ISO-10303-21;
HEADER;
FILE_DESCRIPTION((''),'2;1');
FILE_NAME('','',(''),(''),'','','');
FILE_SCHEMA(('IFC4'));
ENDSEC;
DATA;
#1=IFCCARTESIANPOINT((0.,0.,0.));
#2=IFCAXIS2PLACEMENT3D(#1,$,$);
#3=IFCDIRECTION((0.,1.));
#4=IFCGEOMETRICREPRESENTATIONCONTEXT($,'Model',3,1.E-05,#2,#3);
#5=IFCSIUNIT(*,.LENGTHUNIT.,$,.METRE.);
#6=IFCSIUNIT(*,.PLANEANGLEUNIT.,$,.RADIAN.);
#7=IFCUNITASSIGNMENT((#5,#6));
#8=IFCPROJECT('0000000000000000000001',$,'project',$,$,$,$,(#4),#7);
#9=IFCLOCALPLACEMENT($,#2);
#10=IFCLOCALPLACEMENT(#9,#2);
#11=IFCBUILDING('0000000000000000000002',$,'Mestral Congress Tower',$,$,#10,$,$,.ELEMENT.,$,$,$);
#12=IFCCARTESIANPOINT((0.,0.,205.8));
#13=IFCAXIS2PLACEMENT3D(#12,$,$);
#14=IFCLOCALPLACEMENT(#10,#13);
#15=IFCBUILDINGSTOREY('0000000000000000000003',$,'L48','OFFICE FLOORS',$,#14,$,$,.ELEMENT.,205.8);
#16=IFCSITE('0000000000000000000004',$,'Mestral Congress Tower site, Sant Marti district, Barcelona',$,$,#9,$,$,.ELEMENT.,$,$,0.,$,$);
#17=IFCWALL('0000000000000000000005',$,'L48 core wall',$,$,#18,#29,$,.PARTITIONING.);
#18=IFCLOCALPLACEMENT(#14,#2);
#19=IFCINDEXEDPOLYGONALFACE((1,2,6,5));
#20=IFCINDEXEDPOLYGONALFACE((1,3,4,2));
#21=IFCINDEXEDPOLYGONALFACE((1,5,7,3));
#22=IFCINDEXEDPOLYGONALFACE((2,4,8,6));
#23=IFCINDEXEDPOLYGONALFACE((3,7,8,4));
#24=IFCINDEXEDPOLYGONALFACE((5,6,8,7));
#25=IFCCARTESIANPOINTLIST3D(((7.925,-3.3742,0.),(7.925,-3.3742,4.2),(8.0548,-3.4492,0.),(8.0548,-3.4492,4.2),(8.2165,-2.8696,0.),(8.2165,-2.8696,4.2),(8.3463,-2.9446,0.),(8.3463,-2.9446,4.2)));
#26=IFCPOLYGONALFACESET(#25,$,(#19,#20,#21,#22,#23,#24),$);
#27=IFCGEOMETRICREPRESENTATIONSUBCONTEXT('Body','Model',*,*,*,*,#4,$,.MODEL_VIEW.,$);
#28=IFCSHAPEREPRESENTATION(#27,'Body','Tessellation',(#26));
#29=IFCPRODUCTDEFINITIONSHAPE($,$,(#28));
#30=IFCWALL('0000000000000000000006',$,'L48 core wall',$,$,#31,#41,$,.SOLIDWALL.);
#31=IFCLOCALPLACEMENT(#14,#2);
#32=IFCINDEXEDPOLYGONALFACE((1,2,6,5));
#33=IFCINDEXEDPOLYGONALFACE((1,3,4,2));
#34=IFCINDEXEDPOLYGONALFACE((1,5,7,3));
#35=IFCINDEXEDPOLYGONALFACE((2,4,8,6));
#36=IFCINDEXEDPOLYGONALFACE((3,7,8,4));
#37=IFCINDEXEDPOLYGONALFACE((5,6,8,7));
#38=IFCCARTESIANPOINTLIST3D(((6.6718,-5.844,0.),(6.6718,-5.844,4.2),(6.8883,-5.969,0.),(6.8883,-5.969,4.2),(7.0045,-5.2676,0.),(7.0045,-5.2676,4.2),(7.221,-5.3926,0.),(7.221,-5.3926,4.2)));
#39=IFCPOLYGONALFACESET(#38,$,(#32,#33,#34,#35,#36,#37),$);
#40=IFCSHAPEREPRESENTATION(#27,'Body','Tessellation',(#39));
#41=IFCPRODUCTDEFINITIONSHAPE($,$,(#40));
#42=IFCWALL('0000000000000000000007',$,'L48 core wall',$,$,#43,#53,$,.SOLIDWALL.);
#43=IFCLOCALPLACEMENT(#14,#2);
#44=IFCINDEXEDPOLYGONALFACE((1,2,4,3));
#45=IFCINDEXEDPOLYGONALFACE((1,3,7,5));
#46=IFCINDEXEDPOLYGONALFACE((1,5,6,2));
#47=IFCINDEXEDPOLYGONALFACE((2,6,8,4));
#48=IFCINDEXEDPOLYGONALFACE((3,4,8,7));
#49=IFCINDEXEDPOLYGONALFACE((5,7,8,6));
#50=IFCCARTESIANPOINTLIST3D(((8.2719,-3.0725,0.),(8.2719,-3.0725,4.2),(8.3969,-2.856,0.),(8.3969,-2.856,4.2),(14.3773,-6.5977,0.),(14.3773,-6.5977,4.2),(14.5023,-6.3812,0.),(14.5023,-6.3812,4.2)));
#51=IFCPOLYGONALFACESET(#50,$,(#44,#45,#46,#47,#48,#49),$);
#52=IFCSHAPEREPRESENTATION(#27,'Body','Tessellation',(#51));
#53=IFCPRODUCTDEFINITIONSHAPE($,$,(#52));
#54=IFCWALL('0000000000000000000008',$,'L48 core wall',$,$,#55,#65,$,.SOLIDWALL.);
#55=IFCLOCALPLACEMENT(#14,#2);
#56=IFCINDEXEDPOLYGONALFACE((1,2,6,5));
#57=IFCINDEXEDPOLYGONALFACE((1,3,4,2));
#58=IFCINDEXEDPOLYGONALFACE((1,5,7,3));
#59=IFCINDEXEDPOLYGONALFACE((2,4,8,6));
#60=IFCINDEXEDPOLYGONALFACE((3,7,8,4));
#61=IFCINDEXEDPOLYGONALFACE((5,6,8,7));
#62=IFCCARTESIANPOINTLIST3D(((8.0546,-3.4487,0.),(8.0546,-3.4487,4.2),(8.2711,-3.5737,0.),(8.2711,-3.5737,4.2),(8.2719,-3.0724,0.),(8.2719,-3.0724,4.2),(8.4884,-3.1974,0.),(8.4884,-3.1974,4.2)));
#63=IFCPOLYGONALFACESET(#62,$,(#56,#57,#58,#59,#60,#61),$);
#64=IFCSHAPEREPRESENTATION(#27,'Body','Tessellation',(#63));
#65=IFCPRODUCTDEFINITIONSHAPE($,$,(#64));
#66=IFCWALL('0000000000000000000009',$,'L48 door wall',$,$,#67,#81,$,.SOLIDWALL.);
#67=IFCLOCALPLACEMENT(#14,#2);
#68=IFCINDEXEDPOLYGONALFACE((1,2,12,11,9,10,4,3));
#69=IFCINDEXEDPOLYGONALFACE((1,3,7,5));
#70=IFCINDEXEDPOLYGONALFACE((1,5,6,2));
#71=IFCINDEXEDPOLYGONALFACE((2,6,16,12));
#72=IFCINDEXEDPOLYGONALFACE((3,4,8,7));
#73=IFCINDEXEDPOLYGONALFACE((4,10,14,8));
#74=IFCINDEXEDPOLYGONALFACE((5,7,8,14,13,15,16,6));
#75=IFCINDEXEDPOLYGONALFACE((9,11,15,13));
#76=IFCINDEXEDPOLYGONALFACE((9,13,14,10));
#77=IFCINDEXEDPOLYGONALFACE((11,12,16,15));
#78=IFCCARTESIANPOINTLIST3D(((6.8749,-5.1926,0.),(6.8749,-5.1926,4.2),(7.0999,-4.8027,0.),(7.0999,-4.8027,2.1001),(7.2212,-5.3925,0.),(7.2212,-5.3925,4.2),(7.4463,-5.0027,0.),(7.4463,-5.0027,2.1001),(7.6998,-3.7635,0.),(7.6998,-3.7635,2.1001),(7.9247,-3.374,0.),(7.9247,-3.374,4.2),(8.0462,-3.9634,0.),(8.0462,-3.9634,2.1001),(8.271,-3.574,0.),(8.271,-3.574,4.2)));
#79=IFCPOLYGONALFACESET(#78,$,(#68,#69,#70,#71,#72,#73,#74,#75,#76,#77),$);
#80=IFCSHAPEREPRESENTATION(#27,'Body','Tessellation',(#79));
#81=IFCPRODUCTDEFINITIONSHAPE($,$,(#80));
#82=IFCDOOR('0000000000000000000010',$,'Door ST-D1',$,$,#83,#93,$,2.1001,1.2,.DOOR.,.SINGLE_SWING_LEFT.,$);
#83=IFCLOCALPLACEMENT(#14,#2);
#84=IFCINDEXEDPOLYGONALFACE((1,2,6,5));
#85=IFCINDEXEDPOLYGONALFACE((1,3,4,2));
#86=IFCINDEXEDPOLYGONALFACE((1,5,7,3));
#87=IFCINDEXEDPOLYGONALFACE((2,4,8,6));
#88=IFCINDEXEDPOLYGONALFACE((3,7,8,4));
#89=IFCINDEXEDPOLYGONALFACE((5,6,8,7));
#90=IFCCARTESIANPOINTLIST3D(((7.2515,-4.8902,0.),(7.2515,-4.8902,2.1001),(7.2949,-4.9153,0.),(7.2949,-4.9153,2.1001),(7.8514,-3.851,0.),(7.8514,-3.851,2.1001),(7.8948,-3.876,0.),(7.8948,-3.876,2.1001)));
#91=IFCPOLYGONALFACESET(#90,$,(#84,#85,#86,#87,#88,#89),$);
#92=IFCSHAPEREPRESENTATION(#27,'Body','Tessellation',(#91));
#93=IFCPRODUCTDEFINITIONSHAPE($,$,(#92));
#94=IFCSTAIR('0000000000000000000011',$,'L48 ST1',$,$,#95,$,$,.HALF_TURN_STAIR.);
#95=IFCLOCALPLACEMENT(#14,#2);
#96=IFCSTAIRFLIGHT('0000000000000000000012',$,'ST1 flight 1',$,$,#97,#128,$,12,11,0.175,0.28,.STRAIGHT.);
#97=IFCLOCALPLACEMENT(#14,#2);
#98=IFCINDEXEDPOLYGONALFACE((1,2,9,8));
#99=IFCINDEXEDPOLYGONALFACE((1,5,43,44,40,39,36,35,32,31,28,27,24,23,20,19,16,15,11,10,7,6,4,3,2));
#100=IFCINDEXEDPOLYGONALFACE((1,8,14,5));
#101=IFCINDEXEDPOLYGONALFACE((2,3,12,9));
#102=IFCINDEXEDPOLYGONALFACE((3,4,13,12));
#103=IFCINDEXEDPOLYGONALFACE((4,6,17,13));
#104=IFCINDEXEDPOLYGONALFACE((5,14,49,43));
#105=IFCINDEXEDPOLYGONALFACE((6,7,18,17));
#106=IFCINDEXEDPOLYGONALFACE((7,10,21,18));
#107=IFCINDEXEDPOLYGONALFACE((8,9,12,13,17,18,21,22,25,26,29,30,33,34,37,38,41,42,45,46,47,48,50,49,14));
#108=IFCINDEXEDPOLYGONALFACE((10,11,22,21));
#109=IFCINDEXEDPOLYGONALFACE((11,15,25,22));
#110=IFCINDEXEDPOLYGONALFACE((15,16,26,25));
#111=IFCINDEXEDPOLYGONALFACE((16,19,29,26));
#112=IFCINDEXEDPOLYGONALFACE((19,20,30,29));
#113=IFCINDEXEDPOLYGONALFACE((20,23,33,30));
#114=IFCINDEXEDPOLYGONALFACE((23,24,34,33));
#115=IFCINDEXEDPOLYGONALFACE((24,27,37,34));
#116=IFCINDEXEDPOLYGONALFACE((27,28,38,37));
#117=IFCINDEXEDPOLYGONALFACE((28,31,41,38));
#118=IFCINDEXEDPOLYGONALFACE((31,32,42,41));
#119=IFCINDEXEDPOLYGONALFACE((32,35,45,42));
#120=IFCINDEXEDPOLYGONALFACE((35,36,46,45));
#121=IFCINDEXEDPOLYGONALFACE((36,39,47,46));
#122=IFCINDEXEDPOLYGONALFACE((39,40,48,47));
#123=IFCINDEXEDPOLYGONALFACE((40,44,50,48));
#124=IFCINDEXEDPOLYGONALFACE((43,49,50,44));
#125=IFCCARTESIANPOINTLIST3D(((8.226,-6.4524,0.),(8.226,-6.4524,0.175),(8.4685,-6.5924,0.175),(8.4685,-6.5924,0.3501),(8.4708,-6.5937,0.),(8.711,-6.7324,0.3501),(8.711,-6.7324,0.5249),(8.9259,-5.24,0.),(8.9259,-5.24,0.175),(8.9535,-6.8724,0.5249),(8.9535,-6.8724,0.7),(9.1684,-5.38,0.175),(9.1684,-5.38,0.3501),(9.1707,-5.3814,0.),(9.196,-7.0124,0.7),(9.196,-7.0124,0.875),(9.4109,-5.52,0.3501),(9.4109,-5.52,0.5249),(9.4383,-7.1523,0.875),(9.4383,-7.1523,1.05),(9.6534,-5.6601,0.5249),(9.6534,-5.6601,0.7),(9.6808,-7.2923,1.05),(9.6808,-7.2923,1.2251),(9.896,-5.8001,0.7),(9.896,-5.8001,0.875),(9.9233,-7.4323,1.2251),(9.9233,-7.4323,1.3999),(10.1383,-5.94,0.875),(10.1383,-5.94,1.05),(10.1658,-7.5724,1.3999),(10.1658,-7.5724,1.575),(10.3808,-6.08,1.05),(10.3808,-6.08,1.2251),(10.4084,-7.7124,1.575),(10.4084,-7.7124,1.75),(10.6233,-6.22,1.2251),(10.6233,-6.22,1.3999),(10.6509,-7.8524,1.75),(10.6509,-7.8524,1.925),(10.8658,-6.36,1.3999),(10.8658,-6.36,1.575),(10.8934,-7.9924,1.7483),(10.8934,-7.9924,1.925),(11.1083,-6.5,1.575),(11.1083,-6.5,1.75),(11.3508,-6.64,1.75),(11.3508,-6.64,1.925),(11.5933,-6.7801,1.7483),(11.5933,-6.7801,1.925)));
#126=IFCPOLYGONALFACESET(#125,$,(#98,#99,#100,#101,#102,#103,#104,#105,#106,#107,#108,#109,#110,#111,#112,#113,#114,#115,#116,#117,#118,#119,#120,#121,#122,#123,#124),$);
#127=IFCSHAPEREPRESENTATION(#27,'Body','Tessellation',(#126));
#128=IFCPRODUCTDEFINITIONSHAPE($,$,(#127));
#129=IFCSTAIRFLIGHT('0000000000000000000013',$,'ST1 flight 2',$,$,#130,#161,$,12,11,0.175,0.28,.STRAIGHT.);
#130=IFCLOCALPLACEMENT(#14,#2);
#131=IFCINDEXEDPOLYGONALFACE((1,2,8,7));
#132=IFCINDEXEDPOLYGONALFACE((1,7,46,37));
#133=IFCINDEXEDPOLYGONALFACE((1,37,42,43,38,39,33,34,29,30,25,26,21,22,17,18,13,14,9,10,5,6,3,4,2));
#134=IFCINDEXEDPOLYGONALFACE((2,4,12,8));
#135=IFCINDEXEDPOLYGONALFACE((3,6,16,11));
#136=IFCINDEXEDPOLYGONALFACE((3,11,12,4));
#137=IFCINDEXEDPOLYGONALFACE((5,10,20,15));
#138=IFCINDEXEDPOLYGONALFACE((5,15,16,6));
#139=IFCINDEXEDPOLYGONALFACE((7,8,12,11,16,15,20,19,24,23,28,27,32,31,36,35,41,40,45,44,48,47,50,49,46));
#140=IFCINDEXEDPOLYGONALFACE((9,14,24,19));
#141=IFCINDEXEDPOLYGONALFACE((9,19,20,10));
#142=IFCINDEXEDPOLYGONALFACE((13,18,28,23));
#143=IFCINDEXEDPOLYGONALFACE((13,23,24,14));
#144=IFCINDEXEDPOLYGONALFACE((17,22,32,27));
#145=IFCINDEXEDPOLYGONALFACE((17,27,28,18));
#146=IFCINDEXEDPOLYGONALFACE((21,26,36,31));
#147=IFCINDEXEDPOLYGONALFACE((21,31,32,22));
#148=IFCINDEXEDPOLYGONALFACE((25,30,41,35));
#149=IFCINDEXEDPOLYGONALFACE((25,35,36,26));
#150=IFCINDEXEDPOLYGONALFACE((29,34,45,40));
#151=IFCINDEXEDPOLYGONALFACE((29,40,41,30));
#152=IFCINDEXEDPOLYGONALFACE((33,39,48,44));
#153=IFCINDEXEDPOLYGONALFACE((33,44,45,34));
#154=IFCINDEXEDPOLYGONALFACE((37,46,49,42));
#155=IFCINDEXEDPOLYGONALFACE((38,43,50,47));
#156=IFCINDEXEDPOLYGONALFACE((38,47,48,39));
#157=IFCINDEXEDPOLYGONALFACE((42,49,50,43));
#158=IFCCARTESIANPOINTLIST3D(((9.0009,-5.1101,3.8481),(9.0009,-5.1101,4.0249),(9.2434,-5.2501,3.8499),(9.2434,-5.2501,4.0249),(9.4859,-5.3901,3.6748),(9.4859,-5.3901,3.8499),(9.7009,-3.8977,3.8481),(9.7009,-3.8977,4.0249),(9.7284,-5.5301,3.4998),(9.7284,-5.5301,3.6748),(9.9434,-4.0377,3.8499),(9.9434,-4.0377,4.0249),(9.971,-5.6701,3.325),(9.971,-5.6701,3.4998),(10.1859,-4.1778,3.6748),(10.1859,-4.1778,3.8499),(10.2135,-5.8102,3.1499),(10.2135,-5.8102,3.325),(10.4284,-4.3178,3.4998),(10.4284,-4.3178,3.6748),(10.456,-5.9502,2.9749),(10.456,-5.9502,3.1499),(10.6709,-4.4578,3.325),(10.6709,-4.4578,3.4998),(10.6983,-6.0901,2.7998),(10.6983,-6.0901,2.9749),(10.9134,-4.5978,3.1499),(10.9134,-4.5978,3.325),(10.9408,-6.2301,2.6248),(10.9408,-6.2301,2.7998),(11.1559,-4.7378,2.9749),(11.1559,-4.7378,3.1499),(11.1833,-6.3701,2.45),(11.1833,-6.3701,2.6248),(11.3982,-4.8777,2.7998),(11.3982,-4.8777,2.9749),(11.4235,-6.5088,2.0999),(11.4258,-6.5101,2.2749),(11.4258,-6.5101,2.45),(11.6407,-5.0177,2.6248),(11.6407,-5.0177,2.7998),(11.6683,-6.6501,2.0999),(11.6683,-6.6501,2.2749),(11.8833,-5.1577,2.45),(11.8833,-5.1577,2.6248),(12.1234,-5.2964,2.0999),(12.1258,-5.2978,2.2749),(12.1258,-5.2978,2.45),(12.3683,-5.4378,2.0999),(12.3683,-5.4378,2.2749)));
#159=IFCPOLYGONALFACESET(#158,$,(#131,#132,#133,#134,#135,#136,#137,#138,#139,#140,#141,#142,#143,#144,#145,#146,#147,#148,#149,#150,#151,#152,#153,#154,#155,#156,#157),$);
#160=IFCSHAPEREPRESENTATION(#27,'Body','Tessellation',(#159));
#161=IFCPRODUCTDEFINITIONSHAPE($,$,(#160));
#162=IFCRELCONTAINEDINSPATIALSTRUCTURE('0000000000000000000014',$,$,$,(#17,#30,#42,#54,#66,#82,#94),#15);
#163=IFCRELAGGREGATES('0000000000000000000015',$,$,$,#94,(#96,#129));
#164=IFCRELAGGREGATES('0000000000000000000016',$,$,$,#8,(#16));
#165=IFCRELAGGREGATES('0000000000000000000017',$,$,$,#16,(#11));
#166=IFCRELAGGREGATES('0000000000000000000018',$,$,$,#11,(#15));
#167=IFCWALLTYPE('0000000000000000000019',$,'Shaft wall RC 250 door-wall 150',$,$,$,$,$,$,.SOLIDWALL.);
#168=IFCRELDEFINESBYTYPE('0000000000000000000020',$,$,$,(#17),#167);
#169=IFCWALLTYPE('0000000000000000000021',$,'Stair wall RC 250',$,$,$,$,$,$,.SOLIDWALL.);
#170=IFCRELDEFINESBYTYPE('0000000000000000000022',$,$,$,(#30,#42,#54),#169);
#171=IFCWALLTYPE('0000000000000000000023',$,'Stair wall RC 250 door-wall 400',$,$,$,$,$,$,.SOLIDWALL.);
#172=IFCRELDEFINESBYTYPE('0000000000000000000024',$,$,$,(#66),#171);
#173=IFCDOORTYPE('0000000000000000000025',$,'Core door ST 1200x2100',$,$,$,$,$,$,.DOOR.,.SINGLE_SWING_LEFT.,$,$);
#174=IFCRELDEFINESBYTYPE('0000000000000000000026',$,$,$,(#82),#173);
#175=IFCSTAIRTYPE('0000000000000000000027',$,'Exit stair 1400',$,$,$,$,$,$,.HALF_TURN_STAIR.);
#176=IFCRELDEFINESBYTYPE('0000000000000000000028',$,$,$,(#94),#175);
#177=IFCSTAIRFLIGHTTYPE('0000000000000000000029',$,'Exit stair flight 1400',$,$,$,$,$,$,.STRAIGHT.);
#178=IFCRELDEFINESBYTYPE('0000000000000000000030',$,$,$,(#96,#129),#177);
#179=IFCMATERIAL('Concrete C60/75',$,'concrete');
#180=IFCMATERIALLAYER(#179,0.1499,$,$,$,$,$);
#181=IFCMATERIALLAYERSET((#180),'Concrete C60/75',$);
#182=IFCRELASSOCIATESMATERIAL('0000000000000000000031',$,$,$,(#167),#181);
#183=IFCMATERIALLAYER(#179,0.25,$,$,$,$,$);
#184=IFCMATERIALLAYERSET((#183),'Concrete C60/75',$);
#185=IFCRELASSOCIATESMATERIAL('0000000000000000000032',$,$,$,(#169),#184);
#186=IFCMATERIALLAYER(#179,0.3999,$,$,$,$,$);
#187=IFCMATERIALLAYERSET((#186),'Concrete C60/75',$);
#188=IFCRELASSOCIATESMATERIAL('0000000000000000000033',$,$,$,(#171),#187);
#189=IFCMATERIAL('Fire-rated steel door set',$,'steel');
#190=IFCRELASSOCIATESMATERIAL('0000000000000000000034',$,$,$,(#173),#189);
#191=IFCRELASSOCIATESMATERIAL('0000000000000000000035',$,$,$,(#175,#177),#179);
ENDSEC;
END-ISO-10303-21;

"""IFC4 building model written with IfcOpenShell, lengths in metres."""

from ifc_helpers import new_model, si_unit, direction, frame, frame_2d, origin, place, context, subcontext, project, spatial, polyline, rectangle, outline, extrude, material, layer, layer_set, type_object, element, fill, aggregate, save


model = new_model("IFC4")

# Units and contexts
model_context = context("Model", 3, precision=1e-05, world=origin(), true_north=direction((0.0, 1.0)))
body_context = subcontext(model_context, "Body", "Model", "MODEL_VIEW")
ifc_project = project(units=[si_unit("LENGTHUNIT", "METRE"), si_unit("PLANEANGLEUNIT", "RADIAN")], contexts=[model_context])

# Site, building, storey
site_placement = place(None, origin())
site = spatial("IfcSite", under=ifc_project, at=site_placement, Name="Mestral Congress Tower site, Sant Marti district, Barcelona", CompositionType="ELEMENT", RefElevation=0.0)
building_placement = place(site_placement, origin())
building = spatial("IfcBuilding", under=site, at=building_placement, Name="Mestral Congress Tower", CompositionType="ELEMENT")
storey_placement = place(building_placement, frame((0.0, 0.0, 205.8)))
storey = spatial("IfcBuildingStorey", under=building, at=storey_placement, Name="L48", Description="OFFICE FLOORS", CompositionType="ELEMENT", Elevation=205.8)

# Shared definitions
ifc_material_1 = material(Name="Fire-rated steel door set", Category="steel")

# Walls
ifc_material_2 = material(Name="Concrete C60/75", Category="concrete")
ifc_layer_1 = layer(ifc_material_2, 0.1499)
ifc_layer_set_1 = layer_set([ifc_layer_1], Name="Concrete C60/75")
wall_type_1 = type_object("IfcWallType", Name="Shaft wall RC 250 door-wall 150", PredefinedType="SOLIDWALL", material=ifc_layer_set_1)
wall_1_placement = place(storey_placement, frame((8.2815, -2.907, 0.0), z_axis=(0.0, 0.0, 1.0), x_axis=(-0.500194, -0.865913, 0.0)))
element("IfcWall", 1, at=wall_1_placement, inside=storey, type_object=wall_type_1, Name="L48 core wall", PredefinedType="PARTITIONING", context=body_context, shape_type="SweptSolid", body=[
    extrude(rectangle(XDim=0.5828, YDim=0.1499, at=frame_2d((0.2915, 0.0))), origin(), (0.0, 0.0, 1.0), 4.2),
])
ifc_layer_2 = layer(ifc_material_2, 0.25)
ifc_layer_set_2 = layer_set([ifc_layer_2], Name="Concrete C60/75")
wall_type_2 = type_object("IfcWallType", Name="Stair wall RC 250", PredefinedType="SOLIDWALL", material=ifc_layer_set_2)
wall_2_placement = place(storey_placement, frame((7.1128, -5.3301, 0.0), z_axis=(0.0, 0.0, 1.0), x_axis=(-0.499966, -0.866045, 0.0)))
element("IfcWall", 2, at=wall_2_placement, inside=storey, type_object=wall_type_2, Name="L48 core wall", PredefinedType="SOLIDWALL", context=body_context, shape_type="SweptSolid", body=[
    extrude(rectangle(XDim=0.6655, YDim=0.25, at=frame_2d((0.3328, 0.0))), origin(), (0.0, 0.0, 1.0), 4.2),
])
wall_3_placement = place(storey_placement, frame((8.3345, -2.9644, 0.0), z_axis=(0.0, 0.0, 1.0), x_axis=(0.866016, -0.500016, 0.0)))
element("IfcWall", 3, at=wall_3_placement, inside=storey, type_object=wall_type_2, Name="L48 core wall", PredefinedType="SOLIDWALL", context=body_context, shape_type="SweptSolid", body=[
    extrude(rectangle(XDim=7.05, YDim=0.25, at=frame_2d((3.5249, 0.0))), origin(), (0.0, 0.0, 1.0), 4.2),
])
wall_4_placement = place(storey_placement, frame((8.1628, -3.5112, 0.0), z_axis=(0.0, 0.0, 1.0), x_axis=(0.500128, 0.865952, 0.0)))
element("IfcWall", 4, at=wall_4_placement, inside=storey, type_object=wall_type_2, Name="L48 core wall", PredefinedType="SOLIDWALL", context=body_context, shape_type="SweptSolid", body=[
    extrude(rectangle(XDim=0.4346, YDim=0.25, at=frame_2d((0.2173, 0.0))), origin(), (0.0, 0.0, 1.0), 4.2),
])

# Wall, opening, door
ifc_layer_3 = layer(ifc_material_2, 0.3999)
ifc_layer_set_3 = layer_set([ifc_layer_3], Name="Concrete C60/75")
wall_type_3 = type_object("IfcWallType", Name="Stair wall RC 250 door-wall 400", PredefinedType="SOLIDWALL", material=ifc_layer_set_3)
wall_5_placement = place(storey_placement, frame((7.0481, -5.2925, 0.0), z_axis=(0.0, 0.0, 1.0), x_axis=(0.499941, 0.86606, 0.0)))
wall_5 = element("IfcWall", 5, at=wall_5_placement, inside=storey, type_object=wall_type_3, Name="L48 door wall", PredefinedType="SOLIDWALL", context=body_context, shape_type="SweptSolid", body=[
    extrude(rectangle(XDim=2.0999, YDim=0.3999, at=frame_2d((1.0498, 0.0))), origin(), (0.0, 0.0, 1.0), 4.2),
])
opening_1_placement = place(wall_5_placement, frame((0.45, 0.0, 0.0)))
opening_1 = element("IfcOpeningElement", 6, at=opening_1_placement, cuts=wall_5, PredefinedType="OPENING", context=body_context, shape_type="SweptSolid", body=[
    extrude(rectangle(XDim=1.2, YDim=2.1001, at=frame_2d((0.6001, 1.05))), frame((0.0, 0.21, 0.0), z_axis=(0.0, -1.0, 0.0), x_axis=(1.0, 0.0, 0.0)), (0.0, 0.0, 1.0), 0.4199),
])
door_type_1 = type_object("IfcDoorType", Name="Core door ST 1200x2100", OperationType="SINGLE_SWING_LEFT", PredefinedType="DOOR", material=ifc_material_1)
door_1_placement = place(opening_1_placement, origin())
door_1 = element("IfcDoor", 7, at=door_1_placement, inside=storey, type_object=door_type_1, Name="Door ST-D1", OperationType="SINGLE_SWING_LEFT", OverallHeight=2.1001, OverallWidth=1.2, PredefinedType="DOOR", context=body_context, shape_type="SweptSolid", body=[
    extrude(rectangle(XDim=1.2, YDim=2.1001, at=frame_2d((0.6001, 1.05))), frame((0.0, 0.0249, 0.0), z_axis=(0.0, -1.0, 0.0), x_axis=(1.0, 0.0, 0.0)), (0.0, 0.0, 1.0), 0.05),
])
fill(opening_1, door_1)

# Stair, stair flights
stair_type = type_object("IfcStairType", Name="Exit stair 1400", PredefinedType="HALF_TURN_STAIR", material=ifc_material_2)
stair_placement = place(storey_placement, origin())
stair = element("IfcStair", 8, at=stair_placement, inside=storey, type_object=stair_type, Name="L48 ST1", PredefinedType="HALF_TURN_STAIR")
stair_flight_type = type_object("IfcStairFlightType", Name="Exit stair flight 1400", PredefinedType="STRAIGHT", material=ifc_material_2)
stair_flight_1_placement = place(storey_placement, frame((8.5759, -5.8462, 0.0), z_axis=(0.0, 0.0, 1.0), x_axis=(0.866025, -0.5, 0.0)))
stair_flight_1 = element("IfcStairFlight", 9, at=stair_flight_1_placement, type_object=stair_flight_type, Name="ST1 flight 1", NumberOfRisers=12, NumberOfTreads=11, PredefinedType="STRAIGHT", RiserHeight=0.175, TreadLength=0.28, context=body_context, shape_type="SweptSolid", body=[
    extrude(outline(polyline([(0.0, 0.0), (0.0, 0.175), (0.28, 0.175), (0.28, 0.3501), (0.5601, 0.3501), (0.5601, 0.5249), (0.8401, 0.5249), (0.8401, 0.7), (1.1201, 0.7), (1.1201, 0.875), (1.3999, 0.875), (1.3999, 1.05), (1.6799, 1.05), (1.6799, 1.2251), (1.96, 1.2251), (1.96, 1.3999), (2.24, 1.3999), (2.24, 1.575), (2.52, 1.575), (2.52, 1.75), (2.8, 1.75), (2.8, 1.925), (3.0801, 1.925), (3.0801, 2.1001), (3.0801, 1.7483), (0.2827, 0.0), (0.0, 0.0)])), frame((0.0, 0.7, 0.0), z_axis=(0.0, -1.0, 0.0), x_axis=(1.0, 0.0, 0.0)), (0.0, 0.0, 1.0), 1.3999),
])
stair_flight_2_placement = place(storey_placement, frame((12.0183, -6.0439, 2.0999), z_axis=(0.0, 0.0, 1.0), x_axis=(-0.866025, 0.5, 0.0)))
stair_flight_2 = element("IfcStairFlight", 10, at=stair_flight_2_placement, type_object=stair_flight_type, Name="ST1 flight 2", NumberOfRisers=12, NumberOfTreads=11, PredefinedType="STRAIGHT", RiserHeight=0.175, TreadLength=0.28, context=body_context, shape_type="SweptSolid", body=[
    extrude(outline(polyline([(0.0, 0.0), (0.0, 0.175), (0.28, 0.175), (0.28, 0.3501), (0.5601, 0.3501), (0.5601, 0.5249), (0.8401, 0.5249), (0.8401, 0.7), (1.1201, 0.7), (1.1201, 0.875), (1.3999, 0.875), (1.3999, 1.05), (1.6799, 1.05), (1.6799, 1.2251), (1.96, 1.2251), (1.96, 1.3999), (2.24, 1.3999), (2.24, 1.575), (2.52, 1.575), (2.52, 1.75), (2.8, 1.75), (2.8, 1.925), (3.0801, 1.925), (3.0801, 2.1001), (3.0801, 1.7483), (0.2827, 0.0), (0.0, 0.0)])), frame((0.0, 0.7, 0.0), z_axis=(0.0, -1.0, 0.0), x_axis=(1.0, 0.0, 0.0)), (0.0, 0.0, 1.0), 1.3999),
])
aggregate(stair, [stair_flight_1, stair_flight_2])

save(model, "model.ifc")
